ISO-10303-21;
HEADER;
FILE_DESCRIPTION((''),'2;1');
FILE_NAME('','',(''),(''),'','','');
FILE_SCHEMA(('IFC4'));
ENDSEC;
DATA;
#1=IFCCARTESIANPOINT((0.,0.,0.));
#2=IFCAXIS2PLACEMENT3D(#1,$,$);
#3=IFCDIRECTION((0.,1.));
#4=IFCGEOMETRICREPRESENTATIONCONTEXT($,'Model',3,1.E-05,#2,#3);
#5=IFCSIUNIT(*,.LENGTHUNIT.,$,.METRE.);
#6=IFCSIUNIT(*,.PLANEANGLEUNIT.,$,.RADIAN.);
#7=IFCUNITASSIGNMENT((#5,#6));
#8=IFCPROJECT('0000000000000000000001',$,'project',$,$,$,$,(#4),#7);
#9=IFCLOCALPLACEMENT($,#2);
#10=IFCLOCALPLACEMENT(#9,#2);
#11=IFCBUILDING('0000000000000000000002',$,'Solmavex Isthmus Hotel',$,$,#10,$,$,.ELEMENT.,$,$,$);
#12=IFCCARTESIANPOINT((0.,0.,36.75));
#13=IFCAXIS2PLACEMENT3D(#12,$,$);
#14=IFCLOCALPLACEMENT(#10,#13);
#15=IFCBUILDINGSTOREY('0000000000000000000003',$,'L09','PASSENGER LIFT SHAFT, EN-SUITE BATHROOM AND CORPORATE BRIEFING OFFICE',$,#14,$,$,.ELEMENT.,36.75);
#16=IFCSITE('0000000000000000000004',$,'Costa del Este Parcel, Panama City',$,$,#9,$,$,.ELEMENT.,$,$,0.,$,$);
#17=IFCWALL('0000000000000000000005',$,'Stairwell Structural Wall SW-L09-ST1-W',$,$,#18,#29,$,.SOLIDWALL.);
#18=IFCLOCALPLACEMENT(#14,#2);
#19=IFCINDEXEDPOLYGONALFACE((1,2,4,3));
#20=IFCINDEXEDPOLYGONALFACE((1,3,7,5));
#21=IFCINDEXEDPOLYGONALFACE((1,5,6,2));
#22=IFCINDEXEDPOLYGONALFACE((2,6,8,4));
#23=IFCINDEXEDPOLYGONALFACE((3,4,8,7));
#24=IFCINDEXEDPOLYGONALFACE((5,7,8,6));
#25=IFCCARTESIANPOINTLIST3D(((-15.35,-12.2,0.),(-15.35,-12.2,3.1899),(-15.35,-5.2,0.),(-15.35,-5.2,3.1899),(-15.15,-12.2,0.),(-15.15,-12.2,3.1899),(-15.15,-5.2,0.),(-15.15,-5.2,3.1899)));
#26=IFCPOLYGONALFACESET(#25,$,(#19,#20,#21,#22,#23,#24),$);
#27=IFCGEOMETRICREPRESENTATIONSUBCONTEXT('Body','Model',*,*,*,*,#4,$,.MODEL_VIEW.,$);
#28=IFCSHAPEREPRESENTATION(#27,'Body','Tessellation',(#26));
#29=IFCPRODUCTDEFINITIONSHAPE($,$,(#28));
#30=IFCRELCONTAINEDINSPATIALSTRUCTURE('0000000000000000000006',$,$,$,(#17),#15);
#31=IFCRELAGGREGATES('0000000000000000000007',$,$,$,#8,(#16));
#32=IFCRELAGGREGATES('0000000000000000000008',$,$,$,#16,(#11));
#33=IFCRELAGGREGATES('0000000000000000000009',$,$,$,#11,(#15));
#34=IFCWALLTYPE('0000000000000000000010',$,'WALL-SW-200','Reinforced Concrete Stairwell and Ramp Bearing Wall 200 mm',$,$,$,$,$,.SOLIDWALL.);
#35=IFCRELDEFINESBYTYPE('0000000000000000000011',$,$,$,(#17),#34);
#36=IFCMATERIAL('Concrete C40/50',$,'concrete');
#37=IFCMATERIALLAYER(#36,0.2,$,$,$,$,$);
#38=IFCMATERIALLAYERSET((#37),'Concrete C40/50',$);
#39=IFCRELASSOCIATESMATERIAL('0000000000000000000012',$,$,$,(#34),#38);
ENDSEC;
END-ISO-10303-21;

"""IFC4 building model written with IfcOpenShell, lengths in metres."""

from ifc_helpers import new_model, si_unit, direction, frame, frame_2d, origin, place, context, subcontext, project, spatial, rectangle, extrude, material, layer, layer_set, type_object, element, save


model = new_model("IFC4")

# Units and contexts
model_context = context("Model", 3, precision=1e-05, world=origin(), true_north=direction((0.0, 1.0)))
body_context = subcontext(model_context, "Body", "Model", "MODEL_VIEW")
ifc_project = project(units=[si_unit("LENGTHUNIT", "METRE"), si_unit("PLANEANGLEUNIT", "RADIAN")], contexts=[model_context])

# Site, building, storey
site_placement = place(None, origin())
site = spatial("IfcSite", under=ifc_project, at=site_placement, Name="Costa del Este Parcel, Panama City", CompositionType="ELEMENT", RefElevation=0.0)
building_placement = place(site_placement, origin())
building = spatial("IfcBuilding", under=site, at=building_placement, Name="Solmavex Isthmus Hotel", CompositionType="ELEMENT")
storey_placement = place(building_placement, frame((0.0, 0.0, 36.75)))
storey = spatial("IfcBuildingStorey", under=building, at=storey_placement, Name="L09", Description="PASSENGER LIFT SHAFT, EN-SUITE BATHROOM AND CORPORATE BRIEFING OFFICE", CompositionType="ELEMENT", Elevation=36.75)

# Wall
ifc_material_1 = material(Name="Concrete C40/50", Category="concrete")
ifc_layer_1 = layer(ifc_material_1, 0.2)
ifc_layer_set_1 = layer_set([ifc_layer_1], Name="Concrete C40/50")
wall_type_1 = type_object("IfcWallType", Name="WALL-SW-200", Description="Reinforced Concrete Stairwell and Ramp Bearing Wall 200 mm", PredefinedType="SOLIDWALL", material=ifc_layer_set_1)
wall_1_placement = place(storey_placement, frame((-15.25, -12.2, 0.0), z_axis=(0.0, 0.0, 1.0), x_axis=(0.0, 1.0, 0.0)))
element("IfcWall", 1, at=wall_1_placement, inside=storey, type_object=wall_type_1, Name="Stairwell Structural Wall SW-L09-ST1-W", PredefinedType="SOLIDWALL", context=body_context, shape_type="SweptSolid", body=[
    extrude(rectangle(XDim=7.0, YDim=0.2, at=frame_2d((3.5, 0.0))), origin(), (0.0, 0.0, 1.0), 3.1899),
])

save(model, "model.ifc")
